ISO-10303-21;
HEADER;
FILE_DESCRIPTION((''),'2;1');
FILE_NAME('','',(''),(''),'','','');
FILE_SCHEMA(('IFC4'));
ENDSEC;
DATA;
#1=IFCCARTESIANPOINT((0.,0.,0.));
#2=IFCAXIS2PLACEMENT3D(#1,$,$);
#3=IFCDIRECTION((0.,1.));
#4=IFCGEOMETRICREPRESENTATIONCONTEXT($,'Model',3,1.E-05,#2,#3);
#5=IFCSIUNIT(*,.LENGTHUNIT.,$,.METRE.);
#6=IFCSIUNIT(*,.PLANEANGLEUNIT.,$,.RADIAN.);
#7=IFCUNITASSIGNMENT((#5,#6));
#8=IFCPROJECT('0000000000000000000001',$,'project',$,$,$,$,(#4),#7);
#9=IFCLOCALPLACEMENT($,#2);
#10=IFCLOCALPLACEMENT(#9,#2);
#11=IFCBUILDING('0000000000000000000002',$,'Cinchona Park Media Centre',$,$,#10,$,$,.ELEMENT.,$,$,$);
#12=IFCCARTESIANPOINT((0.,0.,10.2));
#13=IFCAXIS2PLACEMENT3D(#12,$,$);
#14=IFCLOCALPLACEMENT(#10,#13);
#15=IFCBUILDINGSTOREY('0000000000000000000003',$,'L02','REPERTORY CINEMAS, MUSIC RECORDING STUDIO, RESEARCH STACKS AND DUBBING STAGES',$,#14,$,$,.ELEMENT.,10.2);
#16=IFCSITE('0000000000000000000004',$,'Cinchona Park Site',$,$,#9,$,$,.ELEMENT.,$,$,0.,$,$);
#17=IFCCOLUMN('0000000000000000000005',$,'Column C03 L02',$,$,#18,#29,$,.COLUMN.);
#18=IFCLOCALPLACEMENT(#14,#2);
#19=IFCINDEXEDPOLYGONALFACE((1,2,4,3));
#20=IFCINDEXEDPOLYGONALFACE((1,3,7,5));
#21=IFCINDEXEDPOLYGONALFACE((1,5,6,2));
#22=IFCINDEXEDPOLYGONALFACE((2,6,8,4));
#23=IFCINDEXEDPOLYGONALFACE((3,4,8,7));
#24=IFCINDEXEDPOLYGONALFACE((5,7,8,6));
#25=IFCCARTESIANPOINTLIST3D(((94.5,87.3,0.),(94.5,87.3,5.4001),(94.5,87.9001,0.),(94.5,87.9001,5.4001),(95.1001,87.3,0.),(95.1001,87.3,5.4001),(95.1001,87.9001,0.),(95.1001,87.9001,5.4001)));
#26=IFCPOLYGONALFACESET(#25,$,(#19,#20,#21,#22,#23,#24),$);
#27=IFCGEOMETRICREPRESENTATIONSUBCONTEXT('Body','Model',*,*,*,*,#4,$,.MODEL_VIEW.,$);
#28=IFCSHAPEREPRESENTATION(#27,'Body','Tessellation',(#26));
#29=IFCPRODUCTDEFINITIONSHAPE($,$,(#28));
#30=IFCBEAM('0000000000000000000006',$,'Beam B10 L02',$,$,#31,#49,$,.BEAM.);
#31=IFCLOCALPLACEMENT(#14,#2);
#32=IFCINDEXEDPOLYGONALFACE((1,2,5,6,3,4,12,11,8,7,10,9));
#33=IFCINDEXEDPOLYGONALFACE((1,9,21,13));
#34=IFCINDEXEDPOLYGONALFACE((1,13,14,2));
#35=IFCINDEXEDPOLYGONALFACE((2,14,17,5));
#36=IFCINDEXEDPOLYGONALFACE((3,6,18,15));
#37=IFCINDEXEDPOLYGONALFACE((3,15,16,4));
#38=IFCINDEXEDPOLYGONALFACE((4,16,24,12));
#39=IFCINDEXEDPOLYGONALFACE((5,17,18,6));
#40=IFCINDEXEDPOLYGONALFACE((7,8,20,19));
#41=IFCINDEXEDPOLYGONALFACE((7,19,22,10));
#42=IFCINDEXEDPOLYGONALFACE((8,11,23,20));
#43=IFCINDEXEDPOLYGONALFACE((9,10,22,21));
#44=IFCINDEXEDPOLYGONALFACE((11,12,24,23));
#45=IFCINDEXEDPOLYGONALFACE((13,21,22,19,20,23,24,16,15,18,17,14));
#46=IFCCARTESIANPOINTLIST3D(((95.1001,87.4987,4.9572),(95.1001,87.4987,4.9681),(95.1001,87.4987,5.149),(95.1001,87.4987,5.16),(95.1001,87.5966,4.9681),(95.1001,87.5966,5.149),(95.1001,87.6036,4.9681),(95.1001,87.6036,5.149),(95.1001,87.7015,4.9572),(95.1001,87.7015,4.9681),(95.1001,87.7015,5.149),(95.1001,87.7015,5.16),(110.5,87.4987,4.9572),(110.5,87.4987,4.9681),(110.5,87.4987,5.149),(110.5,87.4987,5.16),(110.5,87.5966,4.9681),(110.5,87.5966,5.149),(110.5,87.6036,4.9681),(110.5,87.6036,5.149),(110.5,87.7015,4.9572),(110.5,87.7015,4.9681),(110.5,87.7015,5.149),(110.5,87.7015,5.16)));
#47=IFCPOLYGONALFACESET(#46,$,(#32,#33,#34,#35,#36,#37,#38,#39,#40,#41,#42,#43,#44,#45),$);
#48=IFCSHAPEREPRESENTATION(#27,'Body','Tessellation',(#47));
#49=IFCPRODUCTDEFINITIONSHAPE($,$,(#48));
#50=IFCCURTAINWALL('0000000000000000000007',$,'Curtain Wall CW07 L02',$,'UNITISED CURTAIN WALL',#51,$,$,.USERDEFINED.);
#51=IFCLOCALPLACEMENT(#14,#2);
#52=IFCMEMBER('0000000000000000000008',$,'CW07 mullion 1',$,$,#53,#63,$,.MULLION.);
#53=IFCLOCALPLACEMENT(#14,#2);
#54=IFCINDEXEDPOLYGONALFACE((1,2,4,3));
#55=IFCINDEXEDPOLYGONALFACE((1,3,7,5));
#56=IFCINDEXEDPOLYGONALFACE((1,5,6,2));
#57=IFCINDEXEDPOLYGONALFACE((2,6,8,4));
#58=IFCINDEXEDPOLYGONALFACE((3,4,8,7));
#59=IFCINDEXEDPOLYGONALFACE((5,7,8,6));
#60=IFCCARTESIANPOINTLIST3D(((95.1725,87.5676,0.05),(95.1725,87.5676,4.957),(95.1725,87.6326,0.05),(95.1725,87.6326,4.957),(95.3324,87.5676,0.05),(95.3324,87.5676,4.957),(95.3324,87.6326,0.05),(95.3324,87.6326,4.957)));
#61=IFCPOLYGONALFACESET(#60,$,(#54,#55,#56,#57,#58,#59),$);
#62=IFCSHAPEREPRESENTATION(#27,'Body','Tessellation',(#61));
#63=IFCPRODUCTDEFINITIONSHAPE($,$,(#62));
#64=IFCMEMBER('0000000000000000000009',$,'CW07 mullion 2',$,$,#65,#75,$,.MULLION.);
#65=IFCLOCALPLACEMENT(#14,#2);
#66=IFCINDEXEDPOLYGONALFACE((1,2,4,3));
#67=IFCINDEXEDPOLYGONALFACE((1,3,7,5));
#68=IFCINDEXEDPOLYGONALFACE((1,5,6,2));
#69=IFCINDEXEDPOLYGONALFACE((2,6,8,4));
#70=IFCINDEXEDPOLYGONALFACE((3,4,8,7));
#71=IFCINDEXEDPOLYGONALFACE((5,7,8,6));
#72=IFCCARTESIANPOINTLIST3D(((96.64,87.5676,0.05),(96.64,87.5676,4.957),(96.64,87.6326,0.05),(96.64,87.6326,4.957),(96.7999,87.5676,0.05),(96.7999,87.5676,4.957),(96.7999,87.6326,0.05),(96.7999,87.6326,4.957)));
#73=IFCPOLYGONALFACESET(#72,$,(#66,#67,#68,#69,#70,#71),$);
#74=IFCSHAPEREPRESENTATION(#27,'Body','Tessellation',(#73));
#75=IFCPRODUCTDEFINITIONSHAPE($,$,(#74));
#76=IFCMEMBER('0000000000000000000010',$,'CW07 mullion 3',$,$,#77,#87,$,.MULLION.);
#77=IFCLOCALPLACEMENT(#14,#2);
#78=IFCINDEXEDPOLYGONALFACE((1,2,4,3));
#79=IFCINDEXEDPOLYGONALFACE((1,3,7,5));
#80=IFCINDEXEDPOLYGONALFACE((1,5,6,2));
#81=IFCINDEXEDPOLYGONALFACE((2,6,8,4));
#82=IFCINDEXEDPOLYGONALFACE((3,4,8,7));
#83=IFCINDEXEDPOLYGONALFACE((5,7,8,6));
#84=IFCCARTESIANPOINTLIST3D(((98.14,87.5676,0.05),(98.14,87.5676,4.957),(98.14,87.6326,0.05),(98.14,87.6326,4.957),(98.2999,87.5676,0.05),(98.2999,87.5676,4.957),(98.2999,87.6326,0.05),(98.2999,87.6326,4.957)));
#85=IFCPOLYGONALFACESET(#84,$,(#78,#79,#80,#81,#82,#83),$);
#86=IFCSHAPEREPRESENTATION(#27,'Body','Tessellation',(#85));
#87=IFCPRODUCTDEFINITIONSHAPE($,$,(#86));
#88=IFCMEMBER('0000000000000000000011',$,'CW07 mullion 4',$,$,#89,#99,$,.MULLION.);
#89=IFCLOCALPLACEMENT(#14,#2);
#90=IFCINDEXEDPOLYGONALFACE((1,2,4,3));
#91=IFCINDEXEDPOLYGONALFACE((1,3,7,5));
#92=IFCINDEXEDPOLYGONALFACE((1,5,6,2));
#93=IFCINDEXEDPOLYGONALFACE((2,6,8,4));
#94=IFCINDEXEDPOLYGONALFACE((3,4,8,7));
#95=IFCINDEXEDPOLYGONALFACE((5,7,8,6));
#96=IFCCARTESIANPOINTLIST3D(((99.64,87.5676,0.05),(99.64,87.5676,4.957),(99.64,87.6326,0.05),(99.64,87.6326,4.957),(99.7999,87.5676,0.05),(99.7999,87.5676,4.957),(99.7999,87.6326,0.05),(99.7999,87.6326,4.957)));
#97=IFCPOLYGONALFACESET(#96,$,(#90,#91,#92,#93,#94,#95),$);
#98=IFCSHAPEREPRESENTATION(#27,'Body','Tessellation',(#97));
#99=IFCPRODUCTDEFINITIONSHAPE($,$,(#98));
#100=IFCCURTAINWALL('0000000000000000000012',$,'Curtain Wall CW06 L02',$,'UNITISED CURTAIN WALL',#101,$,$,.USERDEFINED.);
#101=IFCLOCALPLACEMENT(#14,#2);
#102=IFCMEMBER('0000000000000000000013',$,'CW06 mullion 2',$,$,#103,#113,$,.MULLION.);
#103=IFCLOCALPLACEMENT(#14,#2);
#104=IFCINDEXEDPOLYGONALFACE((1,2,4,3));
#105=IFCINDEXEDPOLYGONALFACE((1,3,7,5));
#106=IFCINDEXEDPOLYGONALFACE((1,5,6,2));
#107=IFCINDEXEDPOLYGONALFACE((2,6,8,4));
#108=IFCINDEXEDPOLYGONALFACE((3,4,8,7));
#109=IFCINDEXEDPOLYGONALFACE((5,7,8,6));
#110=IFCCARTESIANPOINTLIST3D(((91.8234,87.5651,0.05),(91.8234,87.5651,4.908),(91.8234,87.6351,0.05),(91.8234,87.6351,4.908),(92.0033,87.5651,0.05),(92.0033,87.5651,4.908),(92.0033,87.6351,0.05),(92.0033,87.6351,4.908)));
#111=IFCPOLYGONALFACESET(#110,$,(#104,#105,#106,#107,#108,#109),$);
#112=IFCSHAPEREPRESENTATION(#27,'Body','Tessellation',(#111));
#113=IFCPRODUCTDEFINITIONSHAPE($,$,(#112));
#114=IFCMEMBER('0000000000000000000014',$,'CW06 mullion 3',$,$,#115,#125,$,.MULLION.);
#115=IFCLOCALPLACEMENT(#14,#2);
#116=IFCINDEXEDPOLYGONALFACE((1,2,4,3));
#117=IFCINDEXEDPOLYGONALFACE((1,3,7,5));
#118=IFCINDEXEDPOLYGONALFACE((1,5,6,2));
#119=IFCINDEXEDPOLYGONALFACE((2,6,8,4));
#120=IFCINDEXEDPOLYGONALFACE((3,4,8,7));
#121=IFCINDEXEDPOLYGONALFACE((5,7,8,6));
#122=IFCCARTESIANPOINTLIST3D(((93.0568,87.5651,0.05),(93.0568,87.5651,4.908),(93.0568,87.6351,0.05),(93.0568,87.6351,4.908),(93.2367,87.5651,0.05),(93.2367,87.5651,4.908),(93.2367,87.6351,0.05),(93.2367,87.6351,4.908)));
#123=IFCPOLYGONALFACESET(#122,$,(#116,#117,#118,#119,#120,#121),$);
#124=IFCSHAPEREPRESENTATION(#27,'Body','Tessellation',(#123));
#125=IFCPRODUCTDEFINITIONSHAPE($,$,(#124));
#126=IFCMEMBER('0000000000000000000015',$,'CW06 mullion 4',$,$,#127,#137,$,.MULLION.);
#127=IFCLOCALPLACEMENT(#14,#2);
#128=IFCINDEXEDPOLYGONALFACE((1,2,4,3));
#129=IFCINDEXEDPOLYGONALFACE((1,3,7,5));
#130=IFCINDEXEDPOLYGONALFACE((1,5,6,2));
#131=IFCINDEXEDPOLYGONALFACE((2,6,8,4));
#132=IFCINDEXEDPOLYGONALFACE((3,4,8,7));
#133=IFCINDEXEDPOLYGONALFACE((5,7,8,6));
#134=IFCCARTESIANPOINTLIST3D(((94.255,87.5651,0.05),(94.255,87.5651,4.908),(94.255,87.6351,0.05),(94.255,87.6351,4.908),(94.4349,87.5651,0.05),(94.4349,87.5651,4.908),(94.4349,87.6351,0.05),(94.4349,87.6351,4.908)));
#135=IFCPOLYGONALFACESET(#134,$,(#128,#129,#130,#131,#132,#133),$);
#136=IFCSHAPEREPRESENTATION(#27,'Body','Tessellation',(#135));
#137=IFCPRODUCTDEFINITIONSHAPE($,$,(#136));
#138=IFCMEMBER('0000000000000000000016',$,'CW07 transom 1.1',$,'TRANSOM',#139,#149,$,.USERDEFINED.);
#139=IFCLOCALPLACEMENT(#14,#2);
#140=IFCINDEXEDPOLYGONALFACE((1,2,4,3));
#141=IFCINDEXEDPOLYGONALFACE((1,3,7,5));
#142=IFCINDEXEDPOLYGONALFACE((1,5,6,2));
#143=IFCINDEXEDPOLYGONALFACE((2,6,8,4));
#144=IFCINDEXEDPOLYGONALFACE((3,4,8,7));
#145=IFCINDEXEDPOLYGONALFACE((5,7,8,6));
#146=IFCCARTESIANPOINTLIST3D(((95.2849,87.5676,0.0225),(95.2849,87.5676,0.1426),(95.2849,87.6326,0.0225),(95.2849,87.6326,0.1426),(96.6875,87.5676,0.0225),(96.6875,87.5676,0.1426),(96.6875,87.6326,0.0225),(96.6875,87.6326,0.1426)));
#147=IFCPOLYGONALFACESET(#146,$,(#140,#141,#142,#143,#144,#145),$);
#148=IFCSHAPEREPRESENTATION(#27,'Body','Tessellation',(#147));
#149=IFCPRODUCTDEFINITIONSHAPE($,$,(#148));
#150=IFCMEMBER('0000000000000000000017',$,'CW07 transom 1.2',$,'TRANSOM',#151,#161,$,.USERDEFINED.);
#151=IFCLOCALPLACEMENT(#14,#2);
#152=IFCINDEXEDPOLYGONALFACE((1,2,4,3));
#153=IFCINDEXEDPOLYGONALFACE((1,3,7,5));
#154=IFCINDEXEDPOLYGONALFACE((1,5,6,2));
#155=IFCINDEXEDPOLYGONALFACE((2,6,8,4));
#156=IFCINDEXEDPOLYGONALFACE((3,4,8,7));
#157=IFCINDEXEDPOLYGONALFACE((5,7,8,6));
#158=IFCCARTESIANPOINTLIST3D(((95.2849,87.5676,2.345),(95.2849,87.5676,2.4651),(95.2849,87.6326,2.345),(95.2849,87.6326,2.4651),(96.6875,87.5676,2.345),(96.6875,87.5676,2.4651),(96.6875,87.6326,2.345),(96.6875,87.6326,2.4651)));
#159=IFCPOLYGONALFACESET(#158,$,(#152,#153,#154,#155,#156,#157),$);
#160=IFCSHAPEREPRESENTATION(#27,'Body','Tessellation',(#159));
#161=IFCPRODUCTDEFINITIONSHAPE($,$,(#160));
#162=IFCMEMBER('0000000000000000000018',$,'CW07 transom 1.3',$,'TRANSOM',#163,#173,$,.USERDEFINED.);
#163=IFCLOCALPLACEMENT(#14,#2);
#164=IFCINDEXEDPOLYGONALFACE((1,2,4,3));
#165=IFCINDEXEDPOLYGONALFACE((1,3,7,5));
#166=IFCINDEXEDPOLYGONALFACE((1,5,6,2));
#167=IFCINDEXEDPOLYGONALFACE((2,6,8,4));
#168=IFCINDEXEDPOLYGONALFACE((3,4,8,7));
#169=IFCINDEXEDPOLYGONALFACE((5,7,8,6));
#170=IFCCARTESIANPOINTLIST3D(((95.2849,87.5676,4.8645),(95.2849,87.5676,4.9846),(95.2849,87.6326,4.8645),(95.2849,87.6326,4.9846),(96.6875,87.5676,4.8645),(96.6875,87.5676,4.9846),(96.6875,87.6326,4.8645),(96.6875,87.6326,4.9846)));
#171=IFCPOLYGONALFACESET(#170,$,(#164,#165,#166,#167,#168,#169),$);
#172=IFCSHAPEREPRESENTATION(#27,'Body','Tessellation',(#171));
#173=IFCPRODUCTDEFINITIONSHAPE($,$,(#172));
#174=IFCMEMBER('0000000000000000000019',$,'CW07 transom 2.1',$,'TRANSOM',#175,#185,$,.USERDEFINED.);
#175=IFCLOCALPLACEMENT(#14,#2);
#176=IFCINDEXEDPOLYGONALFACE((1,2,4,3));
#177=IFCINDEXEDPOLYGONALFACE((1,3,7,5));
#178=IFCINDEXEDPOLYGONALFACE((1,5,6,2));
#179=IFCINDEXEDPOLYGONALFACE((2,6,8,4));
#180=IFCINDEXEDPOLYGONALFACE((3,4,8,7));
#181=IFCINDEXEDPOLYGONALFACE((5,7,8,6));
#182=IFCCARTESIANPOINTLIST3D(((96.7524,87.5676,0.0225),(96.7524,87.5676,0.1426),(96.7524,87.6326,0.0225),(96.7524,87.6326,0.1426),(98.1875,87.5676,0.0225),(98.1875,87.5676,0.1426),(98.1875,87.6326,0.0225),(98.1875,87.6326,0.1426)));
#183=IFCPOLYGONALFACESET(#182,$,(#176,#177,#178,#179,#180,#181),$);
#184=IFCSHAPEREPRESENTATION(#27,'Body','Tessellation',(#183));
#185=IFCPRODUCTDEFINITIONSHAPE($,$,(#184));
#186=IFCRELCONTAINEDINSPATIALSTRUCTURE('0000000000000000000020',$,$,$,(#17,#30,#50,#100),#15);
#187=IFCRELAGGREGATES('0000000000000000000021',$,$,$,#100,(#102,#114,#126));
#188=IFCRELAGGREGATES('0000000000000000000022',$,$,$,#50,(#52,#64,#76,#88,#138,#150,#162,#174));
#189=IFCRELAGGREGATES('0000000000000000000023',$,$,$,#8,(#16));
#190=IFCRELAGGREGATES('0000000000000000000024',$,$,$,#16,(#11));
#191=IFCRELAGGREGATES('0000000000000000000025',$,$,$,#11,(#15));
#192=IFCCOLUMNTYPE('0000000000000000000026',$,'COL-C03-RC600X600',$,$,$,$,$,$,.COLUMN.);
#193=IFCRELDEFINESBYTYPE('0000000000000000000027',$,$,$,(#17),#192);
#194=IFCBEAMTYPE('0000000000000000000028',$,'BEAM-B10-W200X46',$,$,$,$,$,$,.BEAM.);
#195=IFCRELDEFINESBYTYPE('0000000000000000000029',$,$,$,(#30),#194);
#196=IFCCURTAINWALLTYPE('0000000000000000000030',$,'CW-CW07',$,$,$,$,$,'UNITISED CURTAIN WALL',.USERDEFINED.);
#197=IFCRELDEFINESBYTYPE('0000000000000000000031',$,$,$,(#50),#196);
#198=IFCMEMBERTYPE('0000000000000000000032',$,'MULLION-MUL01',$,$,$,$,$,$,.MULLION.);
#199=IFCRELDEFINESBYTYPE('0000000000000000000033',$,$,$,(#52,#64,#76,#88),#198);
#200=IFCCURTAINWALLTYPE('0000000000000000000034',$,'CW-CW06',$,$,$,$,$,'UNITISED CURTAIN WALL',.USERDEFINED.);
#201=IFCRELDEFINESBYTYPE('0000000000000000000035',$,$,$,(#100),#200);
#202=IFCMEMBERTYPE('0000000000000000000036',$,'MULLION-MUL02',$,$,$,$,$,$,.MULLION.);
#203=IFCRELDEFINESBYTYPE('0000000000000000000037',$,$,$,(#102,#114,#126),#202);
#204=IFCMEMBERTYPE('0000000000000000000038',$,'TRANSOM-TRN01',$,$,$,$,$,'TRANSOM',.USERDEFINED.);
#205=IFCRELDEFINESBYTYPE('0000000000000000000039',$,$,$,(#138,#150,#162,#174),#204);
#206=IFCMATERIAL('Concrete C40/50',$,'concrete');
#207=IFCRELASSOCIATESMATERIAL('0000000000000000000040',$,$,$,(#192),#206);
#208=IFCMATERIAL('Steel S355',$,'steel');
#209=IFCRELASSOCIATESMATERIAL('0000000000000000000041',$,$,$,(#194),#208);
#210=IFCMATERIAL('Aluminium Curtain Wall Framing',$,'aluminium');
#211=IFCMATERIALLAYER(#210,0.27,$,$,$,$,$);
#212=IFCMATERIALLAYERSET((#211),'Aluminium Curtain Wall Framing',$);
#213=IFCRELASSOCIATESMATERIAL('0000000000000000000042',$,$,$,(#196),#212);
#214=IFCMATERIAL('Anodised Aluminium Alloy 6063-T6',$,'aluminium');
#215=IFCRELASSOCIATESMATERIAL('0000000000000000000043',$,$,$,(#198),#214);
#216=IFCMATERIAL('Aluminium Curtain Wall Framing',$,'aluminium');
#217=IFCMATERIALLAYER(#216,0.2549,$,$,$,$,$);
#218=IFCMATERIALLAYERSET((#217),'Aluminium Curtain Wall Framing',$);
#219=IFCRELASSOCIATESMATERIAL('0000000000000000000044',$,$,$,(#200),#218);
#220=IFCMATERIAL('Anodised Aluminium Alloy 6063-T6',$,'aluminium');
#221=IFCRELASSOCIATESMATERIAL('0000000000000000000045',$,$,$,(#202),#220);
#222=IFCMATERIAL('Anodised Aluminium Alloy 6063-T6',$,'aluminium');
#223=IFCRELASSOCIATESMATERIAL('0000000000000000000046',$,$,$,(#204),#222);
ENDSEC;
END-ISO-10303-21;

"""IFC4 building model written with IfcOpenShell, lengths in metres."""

from ifc_helpers import new_model, si_unit, direction, frame, origin, origin_2d, place, context, subcontext, project, spatial, rectangle, i_section, extrude, material, layer, layer_set, material_profile, profile_set, type_object, element, aggregate, save


model = new_model("IFC4")

# Units and contexts
model_context = context("Model", 3, precision=1e-05, world=origin(), true_north=direction((0.0, 1.0)))
body_context = subcontext(model_context, "Body", "Model", "MODEL_VIEW")
ifc_project = project(units=[si_unit("LENGTHUNIT", "METRE"), si_unit("PLANEANGLEUNIT", "RADIAN")], contexts=[model_context])

# Site, building, storey
site_placement = place(None, origin())
site = spatial("IfcSite", under=ifc_project, at=site_placement, Name="Cinchona Park Site", CompositionType="ELEMENT", RefElevation=0.0)
building_placement = place(site_placement, origin())
building = spatial("IfcBuilding", under=site, at=building_placement, Name="Cinchona Park Media Centre", CompositionType="ELEMENT")
storey_placement = place(building_placement, frame((0.0, 0.0, 10.2)))
storey = spatial("IfcBuildingStorey", under=building, at=storey_placement, Name="L02", Description="REPERTORY CINEMAS, MUSIC RECORDING STUDIO, RESEARCH STACKS AND DUBBING STAGES", CompositionType="ELEMENT", Elevation=10.2)

# Column
ifc_material_1 = material(Name="Concrete C40/50", Category="concrete")
ifc_material_profile_1 = material_profile(ifc_material_1, rectangle(XDim=0.6001, YDim=0.6001, at=origin_2d()), Name="RC 600X600")
ifc_profile_set_1 = profile_set([ifc_material_profile_1], Name="Concrete C40/50")
column_type = type_object("IfcColumnType", Name="COL-C03-RC600X600", PredefinedType="COLUMN", material=ifc_profile_set_1)
column_placement = place(storey_placement, frame((94.8, 87.6001, 0.0), z_axis=(0.0, 0.0, 1.0), x_axis=(1.0, 0.0, 0.0)))
element("IfcColumn", 1, at=column_placement, inside=storey, type_object=column_type, Name="Column C03 L02", PredefinedType="COLUMN", context=body_context, shape_type="SweptSolid", body=[
    extrude(rectangle(XDim=0.6001, YDim=0.6001, at=origin_2d()), origin(), (0.0, 0.0, 1.0), 5.4001),
])

# Beam
ifc_material_2 = material(Name="Steel S355", Category="steel")
ifc_material_profile_2 = material_profile(ifc_material_2, i_section(OverallWidth=0.2029, OverallDepth=0.2029, WebThickness=0.0071, FlangeThickness=0.011, at=origin_2d()), Name="W200X46")
ifc_profile_set_2 = profile_set([ifc_material_profile_2], Name="Steel S355")
beam_type = type_object("IfcBeamType", Name="BEAM-B10-W200X46", PredefinedType="BEAM", material=ifc_profile_set_2)
beam_placement = place(storey_placement, frame((95.1001, 87.6001, 5.0586), z_axis=(1.0, 0.0, 0.0), x_axis=(0.0, 1.0, 0.0)))
element("IfcBeam", 2, at=beam_placement, inside=storey, type_object=beam_type, Name="Beam B10 L02", PredefinedType="BEAM", context=body_context, shape_type="SweptSolid", body=[
    extrude(i_section(OverallWidth=0.2029, OverallDepth=0.2029, WebThickness=0.0071, FlangeThickness=0.011, at=origin_2d()), origin(), (0.0, 0.0, 1.0), 15.3999),
])

# Curtain walls, members
ifc_material_3 = material(Name="Aluminium Curtain Wall Framing", Category="aluminium")
ifc_layer_1 = layer(ifc_material_3, 0.27)
ifc_layer_set_1 = layer_set([ifc_layer_1], Name="Aluminium Curtain Wall Framing")
curtain_wall_type_1 = type_object("IfcCurtainWallType", Name="CW-CW07", ElementType="UNITISED CURTAIN WALL", PredefinedType="USERDEFINED", material=ifc_layer_set_1)
curtain_wall_1_placement = place(storey_placement, origin())
curtain_wall_1 = element("IfcCurtainWall", 3, at=curtain_wall_1_placement, inside=storey, type_object=curtain_wall_type_1, Name="Curtain Wall CW07 L02", ObjectType="UNITISED CURTAIN WALL", PredefinedType="USERDEFINED")
ifc_material_4 = material(Name="Anodised Aluminium Alloy 6063-T6", Category="aluminium")
ifc_material_profile_3 = material_profile(ifc_material_4, rectangle(XDim=0.0649, YDim=0.1599, at=origin_2d()), Name="MUL-65X160")
ifc_profile_set_3 = profile_set([ifc_material_profile_3], Name="Anodised Aluminium Alloy 6063-T6")
member_type_1 = type_object("IfcMemberType", Name="MULLION-MUL01", PredefinedType="MULLION", material=ifc_profile_set_3)
member_1_placement = place(storey_placement, frame((95.2524, 87.6001, 0.05), z_axis=(0.0, 0.0, 1.0), x_axis=(0.0, 1.0, 0.0)))
member_1 = element("IfcMember", 4, at=member_1_placement, type_object=member_type_1, Name="CW07 mullion 1", PredefinedType="MULLION", context=body_context, shape_type="SweptSolid", body=[
    extrude(rectangle(XDim=0.0649, YDim=0.1599, at=origin_2d()), origin(), (0.0, 0.0, 1.0), 4.907),
])
member_2_placement = place(storey_placement, frame((96.72, 87.6001, 0.05), z_axis=(0.0, 0.0, 1.0), x_axis=(0.0, 1.0, 0.0)))
member_2 = element("IfcMember", 5, at=member_2_placement, type_object=member_type_1, Name="CW07 mullion 2", PredefinedType="MULLION", context=body_context, shape_type="SweptSolid", body=[
    extrude(rectangle(XDim=0.0649, YDim=0.1599, at=origin_2d()), origin(), (0.0, 0.0, 1.0), 4.907),
])
member_3_placement = place(storey_placement, frame((98.22, 87.6001, 0.05), z_axis=(0.0, 0.0, 1.0), x_axis=(0.0, 1.0, 0.0)))
member_3 = element("IfcMember", 6, at=member_3_placement, type_object=member_type_1, Name="CW07 mullion 3", PredefinedType="MULLION", context=body_context, shape_type="SweptSolid", body=[
    extrude(rectangle(XDim=0.0649, YDim=0.1599, at=origin_2d()), origin(), (0.0, 0.0, 1.0), 4.907),
])
member_4_placement = place(storey_placement, frame((99.72, 87.6001, 0.05), z_axis=(0.0, 0.0, 1.0), x_axis=(0.0, 1.0, 0.0)))
member_4 = element("IfcMember", 7, at=member_4_placement, type_object=member_type_1, Name="CW07 mullion 4", PredefinedType="MULLION", context=body_context, shape_type="SweptSolid", body=[
    extrude(rectangle(XDim=0.0649, YDim=0.1599, at=origin_2d()), origin(), (0.0, 0.0, 1.0), 4.907),
])
ifc_material_5 = material(Name="Aluminium Curtain Wall Framing", Category="aluminium")
ifc_layer_2 = layer(ifc_material_5, 0.2549)
ifc_layer_set_2 = layer_set([ifc_layer_2], Name="Aluminium Curtain Wall Framing")
curtain_wall_type_2 = type_object("IfcCurtainWallType", Name="CW-CW06", ElementType="UNITISED CURTAIN WALL", PredefinedType="USERDEFINED", material=ifc_layer_set_2)
curtain_wall_2_placement = place(storey_placement, origin())
curtain_wall_2 = element("IfcCurtainWall", 8, at=curtain_wall_2_placement, inside=storey, type_object=curtain_wall_type_2, Name="Curtain Wall CW06 L02", ObjectType="UNITISED CURTAIN WALL", PredefinedType="USERDEFINED")
ifc_material_6 = material(Name="Anodised Aluminium Alloy 6063-T6", Category="aluminium")
ifc_material_profile_4 = material_profile(ifc_material_6, rectangle(XDim=0.0701, YDim=0.1799, at=origin_2d()), Name="MUL-70X180")
ifc_profile_set_4 = profile_set([ifc_material_profile_4], Name="Anodised Aluminium Alloy 6063-T6")
member_type_2 = type_object("IfcMemberType", Name="MULLION-MUL02", PredefinedType="MULLION", material=ifc_profile_set_4)
member_5_placement = place(storey_placement, frame((91.9133, 87.6001, 0.05), z_axis=(0.0, 0.0, 1.0), x_axis=(0.0, 1.0, 0.0)))
member_5 = element("IfcMember", 9, at=member_5_placement, type_object=member_type_2, Name="CW06 mullion 2", PredefinedType="MULLION", context=body_context, shape_type="SweptSolid", body=[
    extrude(rectangle(XDim=0.0701, YDim=0.1799, at=origin_2d()), origin(), (0.0, 0.0, 1.0), 4.8579),
])
member_6_placement = place(storey_placement, frame((93.1467, 87.6001, 0.05), z_axis=(0.0, 0.0, 1.0), x_axis=(0.0, 1.0, 0.0)))
member_6 = element("IfcMember", 10, at=member_6_placement, type_object=member_type_2, Name="CW06 mullion 3", PredefinedType="MULLION", context=body_context, shape_type="SweptSolid", body=[
    extrude(rectangle(XDim=0.0701, YDim=0.1799, at=origin_2d()), origin(), (0.0, 0.0, 1.0), 4.8579),
])
member_7_placement = place(storey_placement, frame((94.345, 87.6001, 0.05), z_axis=(0.0, 0.0, 1.0), x_axis=(0.0, 1.0, 0.0)))
member_7 = element("IfcMember", 11, at=member_7_placement, type_object=member_type_2, Name="CW06 mullion 4", PredefinedType="MULLION", context=body_context, shape_type="SweptSolid", body=[
    extrude(rectangle(XDim=0.0701, YDim=0.1799, at=origin_2d()), origin(), (0.0, 0.0, 1.0), 4.8579),
])

# Members
ifc_material_7 = material(Name="Anodised Aluminium Alloy 6063-T6", Category="aluminium")
ifc_material_profile_5 = material_profile(ifc_material_7, rectangle(XDim=0.0649, YDim=0.1201, at=origin_2d()), Name="TRN-65X120")
ifc_profile_set_5 = profile_set([ifc_material_profile_5], Name="Anodised Aluminium Alloy 6063-T6")
member_type_3 = type_object("IfcMemberType", Name="TRANSOM-TRN01", ElementType="TRANSOM", PredefinedType="USERDEFINED", material=ifc_profile_set_5)
member_8_placement = place(storey_placement, frame((95.2849, 87.6001, 0.0825), z_axis=(1.0, 0.0, 0.0), x_axis=(0.0, 1.0, 0.0)))
member_8 = element("IfcMember", 12, at=member_8_placement, type_object=member_type_3, Name="CW07 transom 1.1", ObjectType="TRANSOM", PredefinedType="USERDEFINED", context=body_context, shape_type="SweptSolid", body=[
    extrude(rectangle(XDim=0.0649, YDim=0.1201, at=origin_2d()), origin(), (0.0, 0.0, 1.0), 1.4026),
])
member_9_placement = place(storey_placement, frame((95.2849, 87.6001, 2.405), z_axis=(1.0, 0.0, 0.0), x_axis=(0.0, 1.0, 0.0)))
member_9 = element("IfcMember", 13, at=member_9_placement, type_object=member_type_3, Name="CW07 transom 1.2", ObjectType="TRANSOM", PredefinedType="USERDEFINED", context=body_context, shape_type="SweptSolid", body=[
    extrude(rectangle(XDim=0.0649, YDim=0.1201, at=origin_2d()), origin(), (0.0, 0.0, 1.0), 1.4026),
])
member_10_placement = place(storey_placement, frame((95.2849, 87.6001, 4.9246), z_axis=(1.0, 0.0, 0.0), x_axis=(0.0, 1.0, 0.0)))
member_10 = element("IfcMember", 14, at=member_10_placement, type_object=member_type_3, Name="CW07 transom 1.3", ObjectType="TRANSOM", PredefinedType="USERDEFINED", context=body_context, shape_type="SweptSolid", body=[
    extrude(rectangle(XDim=0.0649, YDim=0.1201, at=origin_2d()), origin(), (0.0, 0.0, 1.0), 1.4026),
])
member_11_placement = place(storey_placement, frame((96.7524, 87.6001, 0.0825), z_axis=(1.0, 0.0, 0.0), x_axis=(0.0, 1.0, 0.0)))
member_11 = element("IfcMember", 15, at=member_11_placement, type_object=member_type_3, Name="CW07 transom 2.1", ObjectType="TRANSOM", PredefinedType="USERDEFINED", context=body_context, shape_type="SweptSolid", body=[
    extrude(rectangle(XDim=0.0649, YDim=0.1201, at=origin_2d()), origin(), (0.0, 0.0, 1.0), 1.4351),
])

aggregate(curtain_wall_2, [member_5, member_6, member_7])
aggregate(curtain_wall_1, [member_1, member_2, member_3, member_4, member_8, member_9, member_10, member_11])

save(model, "model.ifc")
